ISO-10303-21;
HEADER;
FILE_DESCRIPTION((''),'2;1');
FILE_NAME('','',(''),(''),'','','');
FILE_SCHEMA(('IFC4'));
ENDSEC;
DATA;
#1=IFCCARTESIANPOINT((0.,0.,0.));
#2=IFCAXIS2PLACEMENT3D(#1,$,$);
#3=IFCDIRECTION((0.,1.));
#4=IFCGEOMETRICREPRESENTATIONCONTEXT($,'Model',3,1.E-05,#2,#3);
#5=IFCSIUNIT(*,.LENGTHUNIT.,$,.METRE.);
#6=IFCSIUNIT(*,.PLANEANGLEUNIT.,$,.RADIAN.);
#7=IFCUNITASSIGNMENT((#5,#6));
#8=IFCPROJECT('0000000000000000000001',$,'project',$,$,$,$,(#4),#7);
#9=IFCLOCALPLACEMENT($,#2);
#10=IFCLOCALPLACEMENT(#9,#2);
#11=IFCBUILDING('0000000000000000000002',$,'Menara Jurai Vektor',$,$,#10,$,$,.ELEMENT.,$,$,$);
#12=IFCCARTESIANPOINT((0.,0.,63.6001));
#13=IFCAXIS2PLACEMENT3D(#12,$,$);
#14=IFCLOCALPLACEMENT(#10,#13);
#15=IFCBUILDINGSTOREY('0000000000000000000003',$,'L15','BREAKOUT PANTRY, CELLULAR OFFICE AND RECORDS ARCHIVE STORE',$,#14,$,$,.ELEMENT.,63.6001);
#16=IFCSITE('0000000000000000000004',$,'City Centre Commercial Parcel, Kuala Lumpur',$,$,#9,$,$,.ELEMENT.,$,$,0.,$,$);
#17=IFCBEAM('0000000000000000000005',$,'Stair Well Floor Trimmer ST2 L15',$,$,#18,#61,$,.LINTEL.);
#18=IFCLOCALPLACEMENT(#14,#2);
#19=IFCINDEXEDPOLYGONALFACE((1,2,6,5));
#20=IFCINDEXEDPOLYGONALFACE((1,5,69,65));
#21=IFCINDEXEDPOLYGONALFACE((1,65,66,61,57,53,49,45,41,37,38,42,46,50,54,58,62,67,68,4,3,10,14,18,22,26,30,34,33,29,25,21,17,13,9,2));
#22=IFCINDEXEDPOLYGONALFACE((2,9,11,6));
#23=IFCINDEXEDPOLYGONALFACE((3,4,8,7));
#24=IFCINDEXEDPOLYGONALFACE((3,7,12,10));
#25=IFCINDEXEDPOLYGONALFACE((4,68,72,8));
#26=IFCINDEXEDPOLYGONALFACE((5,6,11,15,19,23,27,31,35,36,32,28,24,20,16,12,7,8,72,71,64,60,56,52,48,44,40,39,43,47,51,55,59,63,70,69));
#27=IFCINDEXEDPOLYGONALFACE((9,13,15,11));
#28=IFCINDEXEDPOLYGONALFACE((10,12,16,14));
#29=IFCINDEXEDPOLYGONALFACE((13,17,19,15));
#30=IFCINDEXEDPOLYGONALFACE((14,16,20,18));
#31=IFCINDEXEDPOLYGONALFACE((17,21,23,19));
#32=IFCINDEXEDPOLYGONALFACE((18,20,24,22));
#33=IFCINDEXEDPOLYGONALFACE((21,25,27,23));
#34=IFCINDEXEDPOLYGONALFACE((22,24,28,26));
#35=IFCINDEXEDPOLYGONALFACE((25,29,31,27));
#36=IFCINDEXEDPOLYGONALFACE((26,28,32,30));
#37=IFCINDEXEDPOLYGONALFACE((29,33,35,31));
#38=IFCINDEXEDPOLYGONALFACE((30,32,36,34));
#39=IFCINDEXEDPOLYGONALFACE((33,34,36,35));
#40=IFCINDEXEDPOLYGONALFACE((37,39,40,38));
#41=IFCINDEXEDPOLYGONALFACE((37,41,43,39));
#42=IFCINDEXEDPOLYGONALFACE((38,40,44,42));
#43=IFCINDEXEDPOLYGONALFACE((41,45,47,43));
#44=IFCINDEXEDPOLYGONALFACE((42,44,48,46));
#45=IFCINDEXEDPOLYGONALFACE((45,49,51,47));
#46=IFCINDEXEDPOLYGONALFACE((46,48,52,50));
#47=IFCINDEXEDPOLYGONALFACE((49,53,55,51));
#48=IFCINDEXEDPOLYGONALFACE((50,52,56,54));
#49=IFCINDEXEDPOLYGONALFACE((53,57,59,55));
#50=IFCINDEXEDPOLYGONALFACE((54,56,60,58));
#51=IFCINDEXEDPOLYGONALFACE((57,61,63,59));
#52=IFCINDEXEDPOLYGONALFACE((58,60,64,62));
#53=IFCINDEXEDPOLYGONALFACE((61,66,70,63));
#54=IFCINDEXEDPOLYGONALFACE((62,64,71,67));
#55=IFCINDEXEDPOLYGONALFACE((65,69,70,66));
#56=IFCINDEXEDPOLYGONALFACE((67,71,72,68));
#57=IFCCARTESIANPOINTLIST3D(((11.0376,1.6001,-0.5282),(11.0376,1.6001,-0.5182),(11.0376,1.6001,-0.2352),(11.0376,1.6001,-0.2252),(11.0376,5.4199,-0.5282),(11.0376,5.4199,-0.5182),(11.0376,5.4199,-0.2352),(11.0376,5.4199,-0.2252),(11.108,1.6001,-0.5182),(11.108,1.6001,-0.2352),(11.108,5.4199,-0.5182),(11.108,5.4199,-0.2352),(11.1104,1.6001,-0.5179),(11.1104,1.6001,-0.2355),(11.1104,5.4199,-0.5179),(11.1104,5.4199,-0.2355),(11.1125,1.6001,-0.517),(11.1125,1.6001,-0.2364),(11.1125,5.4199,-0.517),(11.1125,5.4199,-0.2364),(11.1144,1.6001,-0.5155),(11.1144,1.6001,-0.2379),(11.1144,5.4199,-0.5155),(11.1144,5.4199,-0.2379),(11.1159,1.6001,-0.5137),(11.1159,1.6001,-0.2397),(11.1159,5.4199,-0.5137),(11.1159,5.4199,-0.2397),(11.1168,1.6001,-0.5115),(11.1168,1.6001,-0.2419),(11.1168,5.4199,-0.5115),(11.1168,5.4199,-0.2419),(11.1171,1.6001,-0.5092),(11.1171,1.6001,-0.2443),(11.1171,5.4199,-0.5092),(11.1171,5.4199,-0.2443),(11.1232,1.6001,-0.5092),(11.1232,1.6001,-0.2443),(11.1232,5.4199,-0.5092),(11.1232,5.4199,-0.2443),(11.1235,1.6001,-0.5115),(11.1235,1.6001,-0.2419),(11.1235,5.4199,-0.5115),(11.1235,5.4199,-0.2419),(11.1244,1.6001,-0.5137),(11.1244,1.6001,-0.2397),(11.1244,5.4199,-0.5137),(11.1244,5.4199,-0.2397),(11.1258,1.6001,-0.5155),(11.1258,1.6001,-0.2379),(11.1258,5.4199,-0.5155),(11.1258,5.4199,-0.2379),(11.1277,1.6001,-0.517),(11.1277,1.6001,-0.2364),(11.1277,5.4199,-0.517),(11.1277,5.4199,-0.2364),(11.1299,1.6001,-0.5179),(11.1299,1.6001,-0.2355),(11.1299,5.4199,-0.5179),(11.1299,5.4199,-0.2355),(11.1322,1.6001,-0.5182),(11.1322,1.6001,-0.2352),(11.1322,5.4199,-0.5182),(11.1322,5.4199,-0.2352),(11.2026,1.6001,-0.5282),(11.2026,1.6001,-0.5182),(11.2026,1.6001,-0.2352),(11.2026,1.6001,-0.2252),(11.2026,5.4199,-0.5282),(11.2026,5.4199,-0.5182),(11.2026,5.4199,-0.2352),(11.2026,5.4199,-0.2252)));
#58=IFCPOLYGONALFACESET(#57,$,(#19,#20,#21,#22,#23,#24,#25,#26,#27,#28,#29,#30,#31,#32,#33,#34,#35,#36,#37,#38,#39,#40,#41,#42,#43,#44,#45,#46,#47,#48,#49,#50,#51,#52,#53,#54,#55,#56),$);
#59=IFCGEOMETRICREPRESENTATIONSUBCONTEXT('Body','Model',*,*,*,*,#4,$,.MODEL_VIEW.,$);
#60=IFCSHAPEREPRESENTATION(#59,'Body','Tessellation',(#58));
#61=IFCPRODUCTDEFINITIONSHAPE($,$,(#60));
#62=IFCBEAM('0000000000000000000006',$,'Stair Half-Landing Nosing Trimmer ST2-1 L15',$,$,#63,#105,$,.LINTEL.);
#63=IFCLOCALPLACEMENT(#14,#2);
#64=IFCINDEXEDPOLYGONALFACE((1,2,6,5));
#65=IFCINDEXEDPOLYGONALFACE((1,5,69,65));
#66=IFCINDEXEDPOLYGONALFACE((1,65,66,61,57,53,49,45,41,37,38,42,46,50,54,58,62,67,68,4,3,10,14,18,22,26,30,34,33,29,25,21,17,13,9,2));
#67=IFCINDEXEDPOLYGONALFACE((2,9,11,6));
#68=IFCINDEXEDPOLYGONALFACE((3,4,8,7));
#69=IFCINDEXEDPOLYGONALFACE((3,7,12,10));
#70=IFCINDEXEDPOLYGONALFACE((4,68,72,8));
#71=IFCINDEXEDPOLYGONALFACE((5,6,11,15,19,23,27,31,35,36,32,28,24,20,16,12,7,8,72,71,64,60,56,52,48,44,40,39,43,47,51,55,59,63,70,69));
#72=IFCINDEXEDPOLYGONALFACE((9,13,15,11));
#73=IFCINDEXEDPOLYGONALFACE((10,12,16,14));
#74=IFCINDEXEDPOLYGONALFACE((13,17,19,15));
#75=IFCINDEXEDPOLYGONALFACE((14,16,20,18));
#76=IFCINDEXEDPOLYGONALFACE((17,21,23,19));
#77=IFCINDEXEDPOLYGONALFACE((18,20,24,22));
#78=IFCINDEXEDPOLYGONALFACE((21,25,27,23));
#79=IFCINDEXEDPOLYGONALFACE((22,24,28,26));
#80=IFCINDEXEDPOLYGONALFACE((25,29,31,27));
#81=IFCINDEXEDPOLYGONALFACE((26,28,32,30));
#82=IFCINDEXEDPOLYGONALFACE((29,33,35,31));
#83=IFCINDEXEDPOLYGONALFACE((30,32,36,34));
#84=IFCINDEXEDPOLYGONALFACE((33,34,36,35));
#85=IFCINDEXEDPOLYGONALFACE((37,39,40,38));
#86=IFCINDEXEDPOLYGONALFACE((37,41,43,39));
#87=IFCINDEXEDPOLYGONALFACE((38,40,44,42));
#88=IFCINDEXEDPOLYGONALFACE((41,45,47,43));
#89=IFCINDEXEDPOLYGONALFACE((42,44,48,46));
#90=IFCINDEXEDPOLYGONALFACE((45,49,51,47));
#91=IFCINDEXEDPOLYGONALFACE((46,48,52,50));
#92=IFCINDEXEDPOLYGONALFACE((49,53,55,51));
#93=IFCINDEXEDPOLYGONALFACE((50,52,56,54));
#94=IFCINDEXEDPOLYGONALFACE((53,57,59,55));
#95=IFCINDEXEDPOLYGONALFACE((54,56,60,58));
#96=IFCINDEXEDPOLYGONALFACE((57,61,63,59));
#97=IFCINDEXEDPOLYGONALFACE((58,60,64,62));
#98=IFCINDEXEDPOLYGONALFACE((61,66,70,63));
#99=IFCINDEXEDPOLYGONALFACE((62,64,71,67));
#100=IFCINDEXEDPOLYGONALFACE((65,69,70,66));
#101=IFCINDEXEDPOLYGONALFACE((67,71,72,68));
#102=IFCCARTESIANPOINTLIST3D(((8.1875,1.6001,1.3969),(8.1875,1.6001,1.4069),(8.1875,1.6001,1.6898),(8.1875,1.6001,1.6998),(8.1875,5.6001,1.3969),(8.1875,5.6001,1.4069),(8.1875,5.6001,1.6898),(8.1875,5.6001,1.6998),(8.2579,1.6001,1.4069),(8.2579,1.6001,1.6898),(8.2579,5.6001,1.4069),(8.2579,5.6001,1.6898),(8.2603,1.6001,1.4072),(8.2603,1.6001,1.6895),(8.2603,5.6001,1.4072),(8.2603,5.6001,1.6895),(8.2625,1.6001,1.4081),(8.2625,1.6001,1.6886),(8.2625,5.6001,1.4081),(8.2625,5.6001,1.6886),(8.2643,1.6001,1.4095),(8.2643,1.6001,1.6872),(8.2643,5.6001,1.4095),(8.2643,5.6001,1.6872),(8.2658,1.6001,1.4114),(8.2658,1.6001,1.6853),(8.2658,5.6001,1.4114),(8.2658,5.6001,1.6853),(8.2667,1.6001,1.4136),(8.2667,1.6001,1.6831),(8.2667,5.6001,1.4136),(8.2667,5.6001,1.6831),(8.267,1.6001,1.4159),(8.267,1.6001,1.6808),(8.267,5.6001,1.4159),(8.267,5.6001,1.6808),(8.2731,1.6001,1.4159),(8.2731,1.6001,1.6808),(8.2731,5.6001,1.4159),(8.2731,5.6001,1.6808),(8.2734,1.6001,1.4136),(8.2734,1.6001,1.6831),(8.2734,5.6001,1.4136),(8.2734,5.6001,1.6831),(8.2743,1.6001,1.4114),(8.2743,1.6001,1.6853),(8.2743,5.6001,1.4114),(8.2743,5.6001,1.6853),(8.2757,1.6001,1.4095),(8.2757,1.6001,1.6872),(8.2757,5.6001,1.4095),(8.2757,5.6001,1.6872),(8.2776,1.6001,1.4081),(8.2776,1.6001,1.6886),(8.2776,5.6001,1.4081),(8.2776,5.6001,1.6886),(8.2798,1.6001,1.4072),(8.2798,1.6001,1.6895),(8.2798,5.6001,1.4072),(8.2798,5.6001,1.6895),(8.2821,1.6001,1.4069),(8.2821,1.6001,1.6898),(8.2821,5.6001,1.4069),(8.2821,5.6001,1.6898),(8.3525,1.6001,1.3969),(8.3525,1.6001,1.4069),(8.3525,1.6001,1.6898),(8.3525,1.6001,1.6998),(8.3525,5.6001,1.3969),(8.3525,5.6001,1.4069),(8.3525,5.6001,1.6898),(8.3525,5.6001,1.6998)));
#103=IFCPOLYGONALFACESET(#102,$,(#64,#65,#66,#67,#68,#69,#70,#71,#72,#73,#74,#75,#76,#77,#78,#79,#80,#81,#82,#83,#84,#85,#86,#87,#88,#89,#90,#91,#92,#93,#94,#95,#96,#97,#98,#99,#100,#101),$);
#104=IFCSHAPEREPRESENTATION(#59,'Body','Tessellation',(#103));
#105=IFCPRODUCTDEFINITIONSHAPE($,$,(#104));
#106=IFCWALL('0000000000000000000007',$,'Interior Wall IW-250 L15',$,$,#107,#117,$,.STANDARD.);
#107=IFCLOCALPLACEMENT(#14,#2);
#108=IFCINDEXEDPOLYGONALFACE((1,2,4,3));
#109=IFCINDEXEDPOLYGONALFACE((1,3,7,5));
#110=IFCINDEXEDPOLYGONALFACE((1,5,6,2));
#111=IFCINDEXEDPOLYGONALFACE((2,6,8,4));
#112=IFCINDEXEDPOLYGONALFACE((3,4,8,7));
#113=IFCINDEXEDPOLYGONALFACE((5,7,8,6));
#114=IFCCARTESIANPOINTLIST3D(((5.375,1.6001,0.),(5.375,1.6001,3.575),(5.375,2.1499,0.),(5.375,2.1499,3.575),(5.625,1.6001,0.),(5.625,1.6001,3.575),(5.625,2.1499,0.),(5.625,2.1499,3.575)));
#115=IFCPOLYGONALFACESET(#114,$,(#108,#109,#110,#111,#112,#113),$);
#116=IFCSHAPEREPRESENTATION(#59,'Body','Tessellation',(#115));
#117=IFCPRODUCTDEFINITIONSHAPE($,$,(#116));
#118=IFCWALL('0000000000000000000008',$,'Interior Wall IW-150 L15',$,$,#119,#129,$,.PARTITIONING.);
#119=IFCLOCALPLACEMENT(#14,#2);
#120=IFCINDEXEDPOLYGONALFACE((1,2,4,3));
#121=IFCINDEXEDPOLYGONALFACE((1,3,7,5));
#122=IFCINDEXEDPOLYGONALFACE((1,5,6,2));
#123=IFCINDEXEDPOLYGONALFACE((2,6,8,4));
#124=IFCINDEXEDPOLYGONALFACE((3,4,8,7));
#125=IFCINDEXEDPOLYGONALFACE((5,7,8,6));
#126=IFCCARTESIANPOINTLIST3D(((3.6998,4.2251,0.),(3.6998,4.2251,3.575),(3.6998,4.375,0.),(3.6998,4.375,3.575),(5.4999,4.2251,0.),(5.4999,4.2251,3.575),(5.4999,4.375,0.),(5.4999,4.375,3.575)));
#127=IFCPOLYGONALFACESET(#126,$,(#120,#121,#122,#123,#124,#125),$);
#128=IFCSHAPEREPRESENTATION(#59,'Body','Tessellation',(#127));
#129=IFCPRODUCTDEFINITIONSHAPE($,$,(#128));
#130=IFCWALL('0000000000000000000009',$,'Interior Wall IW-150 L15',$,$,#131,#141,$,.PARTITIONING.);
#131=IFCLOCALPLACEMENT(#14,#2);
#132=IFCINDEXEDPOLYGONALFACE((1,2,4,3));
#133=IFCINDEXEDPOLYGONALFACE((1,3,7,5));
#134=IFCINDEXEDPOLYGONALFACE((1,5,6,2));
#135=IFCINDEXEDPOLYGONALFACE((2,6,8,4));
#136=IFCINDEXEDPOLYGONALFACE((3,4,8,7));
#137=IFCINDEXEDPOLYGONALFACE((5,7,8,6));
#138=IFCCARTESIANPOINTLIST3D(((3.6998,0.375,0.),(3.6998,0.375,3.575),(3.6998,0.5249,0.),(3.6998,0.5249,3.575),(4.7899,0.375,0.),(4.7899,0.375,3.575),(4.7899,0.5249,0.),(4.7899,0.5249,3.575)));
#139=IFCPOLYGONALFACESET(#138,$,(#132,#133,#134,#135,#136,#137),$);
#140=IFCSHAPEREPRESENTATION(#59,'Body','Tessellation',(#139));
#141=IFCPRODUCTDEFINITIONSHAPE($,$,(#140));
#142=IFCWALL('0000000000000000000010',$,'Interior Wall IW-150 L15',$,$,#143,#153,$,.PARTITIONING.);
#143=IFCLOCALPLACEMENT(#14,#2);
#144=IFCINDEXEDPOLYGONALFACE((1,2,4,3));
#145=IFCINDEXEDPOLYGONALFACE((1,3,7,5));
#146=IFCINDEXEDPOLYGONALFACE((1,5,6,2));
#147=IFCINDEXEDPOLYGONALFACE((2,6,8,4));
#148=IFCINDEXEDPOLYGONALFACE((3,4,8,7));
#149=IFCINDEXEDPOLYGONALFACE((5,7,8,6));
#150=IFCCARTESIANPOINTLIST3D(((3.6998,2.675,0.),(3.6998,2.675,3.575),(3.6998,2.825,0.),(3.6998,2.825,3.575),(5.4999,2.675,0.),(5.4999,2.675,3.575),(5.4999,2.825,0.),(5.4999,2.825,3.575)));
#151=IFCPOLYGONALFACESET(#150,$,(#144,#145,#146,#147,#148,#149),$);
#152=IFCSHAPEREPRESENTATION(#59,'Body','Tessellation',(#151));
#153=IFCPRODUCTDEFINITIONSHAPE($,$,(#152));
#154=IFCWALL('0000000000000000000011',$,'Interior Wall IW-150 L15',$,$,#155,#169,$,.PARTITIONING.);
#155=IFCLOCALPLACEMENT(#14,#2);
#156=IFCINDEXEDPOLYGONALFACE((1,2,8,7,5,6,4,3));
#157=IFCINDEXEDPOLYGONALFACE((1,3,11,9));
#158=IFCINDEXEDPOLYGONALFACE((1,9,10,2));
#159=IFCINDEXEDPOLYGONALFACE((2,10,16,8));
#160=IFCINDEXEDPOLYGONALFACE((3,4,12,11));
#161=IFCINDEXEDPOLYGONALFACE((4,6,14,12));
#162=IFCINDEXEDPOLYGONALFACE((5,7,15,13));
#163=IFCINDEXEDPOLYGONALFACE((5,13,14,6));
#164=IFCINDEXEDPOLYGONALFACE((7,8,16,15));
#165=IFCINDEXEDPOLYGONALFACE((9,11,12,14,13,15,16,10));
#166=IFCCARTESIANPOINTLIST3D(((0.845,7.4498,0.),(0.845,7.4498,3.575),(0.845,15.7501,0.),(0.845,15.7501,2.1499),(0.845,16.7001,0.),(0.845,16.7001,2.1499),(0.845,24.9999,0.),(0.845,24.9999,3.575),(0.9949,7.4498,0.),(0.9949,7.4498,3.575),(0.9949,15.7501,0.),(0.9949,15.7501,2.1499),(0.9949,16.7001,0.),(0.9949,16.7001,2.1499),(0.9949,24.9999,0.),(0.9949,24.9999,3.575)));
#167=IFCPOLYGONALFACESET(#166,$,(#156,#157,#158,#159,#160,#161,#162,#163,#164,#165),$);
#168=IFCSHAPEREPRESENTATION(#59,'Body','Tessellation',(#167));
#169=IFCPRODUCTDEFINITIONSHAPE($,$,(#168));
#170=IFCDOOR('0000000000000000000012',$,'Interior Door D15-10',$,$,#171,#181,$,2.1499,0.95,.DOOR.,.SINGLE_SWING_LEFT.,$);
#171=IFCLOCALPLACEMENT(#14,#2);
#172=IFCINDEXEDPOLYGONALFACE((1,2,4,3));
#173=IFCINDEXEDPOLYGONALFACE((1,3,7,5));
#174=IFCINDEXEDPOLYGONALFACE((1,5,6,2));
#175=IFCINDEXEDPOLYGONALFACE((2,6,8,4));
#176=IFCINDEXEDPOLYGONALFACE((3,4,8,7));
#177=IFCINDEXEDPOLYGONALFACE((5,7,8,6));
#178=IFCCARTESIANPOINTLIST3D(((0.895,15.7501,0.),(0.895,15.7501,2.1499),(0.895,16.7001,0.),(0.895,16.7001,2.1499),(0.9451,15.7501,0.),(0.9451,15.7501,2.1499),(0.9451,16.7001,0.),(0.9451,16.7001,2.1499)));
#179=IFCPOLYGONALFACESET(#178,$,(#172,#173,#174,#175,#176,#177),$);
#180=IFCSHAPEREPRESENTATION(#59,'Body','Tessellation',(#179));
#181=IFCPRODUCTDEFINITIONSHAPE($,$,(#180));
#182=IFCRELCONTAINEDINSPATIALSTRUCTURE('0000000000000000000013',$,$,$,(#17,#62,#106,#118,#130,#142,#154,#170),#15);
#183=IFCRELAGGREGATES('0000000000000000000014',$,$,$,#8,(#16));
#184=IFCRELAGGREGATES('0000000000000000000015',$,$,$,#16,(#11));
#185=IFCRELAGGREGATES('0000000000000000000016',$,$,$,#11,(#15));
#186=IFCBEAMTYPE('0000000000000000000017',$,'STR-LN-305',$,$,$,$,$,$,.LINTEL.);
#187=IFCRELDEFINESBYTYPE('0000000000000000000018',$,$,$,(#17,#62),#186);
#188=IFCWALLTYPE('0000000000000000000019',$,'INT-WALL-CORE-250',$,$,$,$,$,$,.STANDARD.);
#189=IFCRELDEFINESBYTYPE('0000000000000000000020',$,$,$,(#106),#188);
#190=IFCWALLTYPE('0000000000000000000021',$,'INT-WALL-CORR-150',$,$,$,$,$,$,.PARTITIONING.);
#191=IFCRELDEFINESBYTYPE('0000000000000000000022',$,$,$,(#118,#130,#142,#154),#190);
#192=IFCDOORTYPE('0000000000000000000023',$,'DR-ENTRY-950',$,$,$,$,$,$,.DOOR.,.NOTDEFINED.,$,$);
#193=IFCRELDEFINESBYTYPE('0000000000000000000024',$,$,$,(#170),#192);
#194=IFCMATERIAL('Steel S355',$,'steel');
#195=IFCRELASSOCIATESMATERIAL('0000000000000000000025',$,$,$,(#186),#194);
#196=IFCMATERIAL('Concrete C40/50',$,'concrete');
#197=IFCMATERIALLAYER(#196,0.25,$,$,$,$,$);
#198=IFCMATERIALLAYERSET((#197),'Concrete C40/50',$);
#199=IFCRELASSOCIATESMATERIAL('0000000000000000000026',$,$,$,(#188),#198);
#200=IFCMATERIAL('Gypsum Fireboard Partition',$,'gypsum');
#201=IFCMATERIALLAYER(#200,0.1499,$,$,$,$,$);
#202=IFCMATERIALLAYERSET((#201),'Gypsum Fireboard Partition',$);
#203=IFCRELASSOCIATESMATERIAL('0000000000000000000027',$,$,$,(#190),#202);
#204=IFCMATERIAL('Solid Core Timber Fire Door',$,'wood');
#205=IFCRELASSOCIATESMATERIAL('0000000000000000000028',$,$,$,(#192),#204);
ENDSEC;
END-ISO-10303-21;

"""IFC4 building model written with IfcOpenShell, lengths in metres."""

from ifc_helpers import new_model, si_unit, direction, frame, frame_2d, origin, origin_2d, place, context, subcontext, project, spatial, rectangle, i_section, extrude, material, layer, layer_set, material_profile, profile_set, type_object, element, fill, save


model = new_model("IFC4")

# Units and contexts
model_context = context("Model", 3, precision=1e-05, world=origin(), true_north=direction((0.0, 1.0)))
body_context = subcontext(model_context, "Body", "Model", "MODEL_VIEW")
ifc_project = project(units=[si_unit("LENGTHUNIT", "METRE"), si_unit("PLANEANGLEUNIT", "RADIAN")], contexts=[model_context])

# Site, building, storey
site_placement = place(None, origin())
site = spatial("IfcSite", under=ifc_project, at=site_placement, Name="City Centre Commercial Parcel, Kuala Lumpur", CompositionType="ELEMENT", RefElevation=0.0)
building_placement = place(site_placement, origin())
building = spatial("IfcBuilding", under=site, at=building_placement, Name="Menara Jurai Vektor", CompositionType="ELEMENT")
storey_placement = place(building_placement, frame((0.0, 0.0, 63.6001)))
storey = spatial("IfcBuildingStorey", under=building, at=storey_placement, Name="L15", Description="BREAKOUT PANTRY, CELLULAR OFFICE AND RECORDS ARCHIVE STORE", CompositionType="ELEMENT", Elevation=63.6001)

# Shared definitions
ifc_material_1 = material(Name="Steel S355", Category="steel")

# Beams
ifc_material_profile_1 = material_profile(ifc_material_1, i_section(OverallWidth=0.165, OverallDepth=0.303, WebThickness=0.0061, FlangeThickness=0.01, FilletRadius=0.009, at=origin_2d()), Name="UKB 305x165x40")
ifc_profile_set_1 = profile_set([ifc_material_profile_1], Name="Steel S355")
beam_type_1 = type_object("IfcBeamType", Name="STR-LN-305", PredefinedType="LINTEL", material=ifc_profile_set_1)
beam_1_placement = place(storey_placement, frame((11.1201, 1.6001, -0.3767), z_axis=(0.0, 1.0, 0.0), x_axis=(-1.0, 0.0, 0.0)))
element("IfcBeam", 1, at=beam_1_placement, inside=storey, type_object=beam_type_1, Name="Stair Well Floor Trimmer ST2 L15", PredefinedType="LINTEL", context=body_context, shape_type="SweptSolid", body=[
    extrude(i_section(OverallWidth=0.165, OverallDepth=0.303, WebThickness=0.0061, FlangeThickness=0.01, FilletRadius=0.009, at=origin_2d()), origin(), (0.0, 0.0, 1.0), 3.8198),
])
beam_2_placement = place(storey_placement, frame((8.27, 1.6001, 1.5483), z_axis=(0.0, 1.0, 0.0), x_axis=(-1.0, 0.0, 0.0)))
element("IfcBeam", 2, at=beam_2_placement, inside=storey, type_object=beam_type_1, Name="Stair Half-Landing Nosing Trimmer ST2-1 L15", PredefinedType="LINTEL", context=body_context, shape_type="SweptSolid", body=[
    extrude(i_section(OverallWidth=0.165, OverallDepth=0.303, WebThickness=0.0061, FlangeThickness=0.01, FilletRadius=0.009, at=origin_2d()), origin(), (0.0, 0.0, 1.0), 4.0),
])

# Shared definitions
ifc_material_2 = material(Name="Concrete C40/50", Category="concrete")
ifc_layer_1 = layer(ifc_material_2, 0.25)
ifc_layer_set_1 = layer_set([ifc_layer_1], Name="Concrete C40/50")
wall_type_1 = type_object("IfcWallType", Name="INT-WALL-CORE-250", PredefinedType="STANDARD", material=ifc_layer_set_1)

# Walls
wall_1_placement = place(storey_placement, frame((5.5, 1.6001, 0.0), z_axis=(0.0, 0.0, 1.0), x_axis=(0.0, 1.0, 0.0)))
element("IfcWall", 3, at=wall_1_placement, inside=storey, type_object=wall_type_1, Name="Interior Wall IW-250 L15", PredefinedType="STANDARD", context=body_context, shape_type="SweptSolid", body=[
    extrude(rectangle(XDim=0.5498, YDim=0.25, at=frame_2d((0.2749, 0.0))), origin(), (0.0, 0.0, 1.0), 3.575),
])
ifc_material_3 = material(Name="Gypsum Fireboard Partition", Category="gypsum")
ifc_layer_2 = layer(ifc_material_3, 0.1499)
ifc_layer_set_2 = layer_set([ifc_layer_2], Name="Gypsum Fireboard Partition")
wall_type_2 = type_object("IfcWallType", Name="INT-WALL-CORR-150", PredefinedType="PARTITIONING", material=ifc_layer_set_2)
wall_2_placement = place(storey_placement, frame((3.7, 4.3, 0.0), z_axis=(0.0, 0.0, 1.0), x_axis=(1.0, 0.0, 0.0)))
element("IfcWall", 4, at=wall_2_placement, inside=storey, type_object=wall_type_2, Name="Interior Wall IW-150 L15", PredefinedType="PARTITIONING", context=body_context, shape_type="SweptSolid", body=[
    extrude(rectangle(XDim=1.8, YDim=0.1499, at=frame_2d((0.8999, 0.0))), origin(), (0.0, 0.0, 1.0), 3.575),
])
wall_3_placement = place(storey_placement, frame((3.7, 0.45, 0.0), z_axis=(0.0, 0.0, 1.0), x_axis=(1.0, 0.0, 0.0)))
element("IfcWall", 5, at=wall_3_placement, inside=storey, type_object=wall_type_2, Name="Interior Wall IW-150 L15", PredefinedType="PARTITIONING", context=body_context, shape_type="SweptSolid", body=[
    extrude(rectangle(XDim=1.0901, YDim=0.1499, at=frame_2d((0.5449, 0.0))), origin(), (0.0, 0.0, 1.0), 3.575),
])
wall_4_placement = place(storey_placement, frame((3.7, 2.75, 0.0), z_axis=(0.0, 0.0, 1.0), x_axis=(1.0, 0.0, 0.0)))
element("IfcWall", 6, at=wall_4_placement, inside=storey, type_object=wall_type_2, Name="Interior Wall IW-150 L15", PredefinedType="PARTITIONING", context=body_context, shape_type="SweptSolid", body=[
    extrude(rectangle(XDim=1.8, YDim=0.1499, at=frame_2d((0.8999, 0.0))), origin(), (0.0, 0.0, 1.0), 3.575),
])

# Wall, opening, door
wall_5_placement = place(storey_placement, frame((0.9199, 7.45, 0.0), z_axis=(0.0, 0.0, 1.0), x_axis=(0.0, 1.0, 0.0)))
wall_5 = element("IfcWall", 7, at=wall_5_placement, inside=storey, type_object=wall_type_2, Name="Interior Wall IW-150 L15", PredefinedType="PARTITIONING", context=body_context, shape_type="SweptSolid", body=[
    extrude(rectangle(XDim=17.55, YDim=0.1499, at=frame_2d((8.7749, 0.0))), origin(), (0.0, 0.0, 1.0), 3.575),
])
opening_1_placement = place(wall_5_placement, frame((8.3, 0.0, 0.0)))
opening_1 = element("IfcOpeningElement", 8, at=opening_1_placement, cuts=wall_5, PredefinedType="OPENING", context=body_context, shape_type="SweptSolid", body=[
    extrude(rectangle(XDim=0.95, YDim=2.1499, at=frame_2d((0.4751, 1.075))), frame((0.0, 0.085, 0.0), z_axis=(0.0, -1.0, 0.0), x_axis=(1.0, 0.0, 0.0)), (0.0, 0.0, 1.0), 0.1699),
])
ifc_material_4 = material(Name="Solid Core Timber Fire Door", Category="wood")
door_type_1 = type_object("IfcDoorType", Name="DR-ENTRY-950", OperationType="NOTDEFINED", PredefinedType="DOOR", material=ifc_material_4)
door_1_placement = place(opening_1_placement, origin())
door_1 = element("IfcDoor", 9, at=door_1_placement, inside=storey, type_object=door_type_1, Name="Interior Door D15-10", OperationType="SINGLE_SWING_LEFT", OverallHeight=2.1499, OverallWidth=0.95, PredefinedType="DOOR", context=body_context, shape_type="SweptSolid", body=[
    extrude(rectangle(XDim=0.95, YDim=2.1499, at=frame_2d((0.4751, 1.075))), frame((0.0, 0.0249, 0.0), z_axis=(0.0, -1.0, 0.0), x_axis=(1.0, 0.0, 0.0)), (0.0, 0.0, 1.0), 0.05),
])
fill(opening_1, door_1)

save(model, "model.ifc")
